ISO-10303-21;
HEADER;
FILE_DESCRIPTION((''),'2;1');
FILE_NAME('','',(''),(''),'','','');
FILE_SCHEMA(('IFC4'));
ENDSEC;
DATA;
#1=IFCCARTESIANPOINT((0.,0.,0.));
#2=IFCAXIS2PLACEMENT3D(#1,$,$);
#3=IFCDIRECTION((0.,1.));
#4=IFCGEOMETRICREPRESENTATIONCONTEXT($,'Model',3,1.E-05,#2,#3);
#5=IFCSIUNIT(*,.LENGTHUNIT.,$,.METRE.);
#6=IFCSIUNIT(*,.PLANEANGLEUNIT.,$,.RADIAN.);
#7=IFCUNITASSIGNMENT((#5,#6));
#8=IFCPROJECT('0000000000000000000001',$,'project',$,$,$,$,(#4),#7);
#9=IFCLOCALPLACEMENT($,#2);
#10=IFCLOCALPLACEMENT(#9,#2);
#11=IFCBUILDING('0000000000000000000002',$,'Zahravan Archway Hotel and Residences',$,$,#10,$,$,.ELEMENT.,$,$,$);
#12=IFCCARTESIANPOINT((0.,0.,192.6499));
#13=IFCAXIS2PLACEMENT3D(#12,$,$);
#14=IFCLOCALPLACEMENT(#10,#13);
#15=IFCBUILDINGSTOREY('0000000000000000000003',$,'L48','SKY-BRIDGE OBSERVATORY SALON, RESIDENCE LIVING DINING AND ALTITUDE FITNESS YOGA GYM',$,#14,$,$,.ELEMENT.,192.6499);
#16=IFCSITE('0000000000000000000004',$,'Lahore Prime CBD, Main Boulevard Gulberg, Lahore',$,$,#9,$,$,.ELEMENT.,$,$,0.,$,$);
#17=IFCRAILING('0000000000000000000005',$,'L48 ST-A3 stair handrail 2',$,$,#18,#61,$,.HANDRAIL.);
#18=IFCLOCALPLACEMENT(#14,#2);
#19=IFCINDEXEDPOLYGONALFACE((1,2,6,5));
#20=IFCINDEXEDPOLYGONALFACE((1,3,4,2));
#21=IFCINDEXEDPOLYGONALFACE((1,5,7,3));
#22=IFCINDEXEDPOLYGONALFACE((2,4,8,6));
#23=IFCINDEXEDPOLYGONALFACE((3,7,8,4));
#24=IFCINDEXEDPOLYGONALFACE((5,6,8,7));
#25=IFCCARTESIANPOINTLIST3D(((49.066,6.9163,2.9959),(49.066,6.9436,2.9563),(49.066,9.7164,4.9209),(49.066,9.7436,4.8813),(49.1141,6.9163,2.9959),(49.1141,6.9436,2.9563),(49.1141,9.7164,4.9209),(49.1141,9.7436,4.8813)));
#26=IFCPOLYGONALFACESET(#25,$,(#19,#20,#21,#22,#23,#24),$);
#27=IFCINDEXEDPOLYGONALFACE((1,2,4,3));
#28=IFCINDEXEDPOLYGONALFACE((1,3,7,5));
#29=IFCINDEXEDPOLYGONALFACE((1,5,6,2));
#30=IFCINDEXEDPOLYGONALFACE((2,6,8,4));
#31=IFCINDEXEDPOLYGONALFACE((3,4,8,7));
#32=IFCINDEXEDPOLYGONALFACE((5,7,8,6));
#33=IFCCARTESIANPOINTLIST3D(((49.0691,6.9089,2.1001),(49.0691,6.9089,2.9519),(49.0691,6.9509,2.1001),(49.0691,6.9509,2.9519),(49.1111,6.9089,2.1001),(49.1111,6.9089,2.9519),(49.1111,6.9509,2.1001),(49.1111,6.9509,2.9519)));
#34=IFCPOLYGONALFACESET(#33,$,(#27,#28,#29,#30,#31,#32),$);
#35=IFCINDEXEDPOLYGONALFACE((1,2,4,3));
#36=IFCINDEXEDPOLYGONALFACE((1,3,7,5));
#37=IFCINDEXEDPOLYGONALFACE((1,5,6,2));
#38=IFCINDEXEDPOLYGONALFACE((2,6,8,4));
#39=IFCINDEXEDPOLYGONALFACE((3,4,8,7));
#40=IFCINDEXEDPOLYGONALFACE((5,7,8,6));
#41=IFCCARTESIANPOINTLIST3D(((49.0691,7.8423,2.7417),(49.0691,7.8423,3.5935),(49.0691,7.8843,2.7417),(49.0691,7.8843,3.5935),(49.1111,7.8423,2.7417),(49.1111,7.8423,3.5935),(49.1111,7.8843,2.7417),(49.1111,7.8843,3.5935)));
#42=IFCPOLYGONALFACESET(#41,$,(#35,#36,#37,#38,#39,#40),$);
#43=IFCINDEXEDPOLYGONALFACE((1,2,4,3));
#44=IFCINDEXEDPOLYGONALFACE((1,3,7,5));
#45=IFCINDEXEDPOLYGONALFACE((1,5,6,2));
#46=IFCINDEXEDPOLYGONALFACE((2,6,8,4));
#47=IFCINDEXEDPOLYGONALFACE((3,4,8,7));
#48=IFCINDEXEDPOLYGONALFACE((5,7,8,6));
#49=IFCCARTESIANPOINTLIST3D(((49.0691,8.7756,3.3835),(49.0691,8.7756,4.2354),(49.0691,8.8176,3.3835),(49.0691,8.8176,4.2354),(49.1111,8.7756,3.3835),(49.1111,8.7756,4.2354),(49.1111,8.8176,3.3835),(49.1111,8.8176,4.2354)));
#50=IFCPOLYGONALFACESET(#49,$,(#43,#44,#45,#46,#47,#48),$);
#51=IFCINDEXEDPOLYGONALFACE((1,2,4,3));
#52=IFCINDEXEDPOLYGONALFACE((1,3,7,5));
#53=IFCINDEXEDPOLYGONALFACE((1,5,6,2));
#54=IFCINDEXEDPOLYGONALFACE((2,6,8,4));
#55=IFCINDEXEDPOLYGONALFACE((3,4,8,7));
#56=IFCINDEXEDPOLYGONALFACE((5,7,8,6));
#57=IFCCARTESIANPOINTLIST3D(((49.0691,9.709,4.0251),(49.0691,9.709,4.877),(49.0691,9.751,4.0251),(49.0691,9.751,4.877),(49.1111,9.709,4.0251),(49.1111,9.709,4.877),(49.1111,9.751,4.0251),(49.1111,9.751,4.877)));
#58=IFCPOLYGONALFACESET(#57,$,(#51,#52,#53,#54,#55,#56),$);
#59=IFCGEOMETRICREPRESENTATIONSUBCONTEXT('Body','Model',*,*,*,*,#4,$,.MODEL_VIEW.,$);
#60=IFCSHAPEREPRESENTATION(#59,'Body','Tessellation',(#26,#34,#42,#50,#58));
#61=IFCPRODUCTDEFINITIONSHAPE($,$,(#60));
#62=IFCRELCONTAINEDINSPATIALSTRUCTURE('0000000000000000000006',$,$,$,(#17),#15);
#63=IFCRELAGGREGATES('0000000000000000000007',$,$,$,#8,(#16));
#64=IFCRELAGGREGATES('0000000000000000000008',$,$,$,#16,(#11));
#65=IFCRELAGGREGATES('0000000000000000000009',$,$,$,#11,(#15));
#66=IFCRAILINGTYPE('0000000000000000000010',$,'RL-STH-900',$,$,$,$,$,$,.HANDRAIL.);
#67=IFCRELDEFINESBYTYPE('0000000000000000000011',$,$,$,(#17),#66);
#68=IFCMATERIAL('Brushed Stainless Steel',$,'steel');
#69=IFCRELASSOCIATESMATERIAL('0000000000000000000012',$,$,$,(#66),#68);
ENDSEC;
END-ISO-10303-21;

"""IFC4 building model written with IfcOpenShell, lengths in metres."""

from ifc_helpers import new_model, si_unit, direction, frame, origin, origin_2d, place, context, subcontext, project, spatial, rectangle, extrude, material, type_object, element, save


model = new_model("IFC4")

# Units and contexts
model_context = context("Model", 3, precision=1e-05, world=origin(), true_north=direction((0.0, 1.0)))
body_context = subcontext(model_context, "Body", "Model", "MODEL_VIEW")
ifc_project = project(units=[si_unit("LENGTHUNIT", "METRE"), si_unit("PLANEANGLEUNIT", "RADIAN")], contexts=[model_context])

# Site, building, storey
site_placement = place(None, origin())
site = spatial("IfcSite", under=ifc_project, at=site_placement, Name="Lahore Prime CBD, Main Boulevard Gulberg, Lahore", CompositionType="ELEMENT", RefElevation=0.0)
building_placement = place(site_placement, origin())
building = spatial("IfcBuilding", under=site, at=building_placement, Name="Zahravan Archway Hotel and Residences", CompositionType="ELEMENT")
storey_placement = place(building_placement, frame((0.0, 0.0, 192.6499)))
storey = spatial("IfcBuildingStorey", under=building, at=storey_placement, Name="L48", Description="SKY-BRIDGE OBSERVATORY SALON, RESIDENCE LIVING DINING AND ALTITUDE FITNESS YOGA GYM", CompositionType="ELEMENT", Elevation=192.6499)

# Railing
ifc_material_1 = material(Name="Brushed Stainless Steel", Category="steel")
railing_type_1 = type_object("IfcRailingType", Name="RL-STH-900", PredefinedType="HANDRAIL", material=ifc_material_1)
railing_1_placement = place(storey_placement, frame((49.0901, 6.9299, 2.1001)))
element("IfcRailing", 1, at=railing_1_placement, inside=storey, type_object=railing_type_1, Name="L48 ST-A3 stair handrail 2", PredefinedType="HANDRAIL", context=body_context, shape_type="SweptSolid", body=[
    extrude(rectangle(XDim=0.0481, YDim=0.0481, at=origin_2d()), frame((0.0, 0.0, 0.876), z_axis=(0.0, 0.82404, 0.566532), x_axis=(-1.0, 0.0, 0.0)), (0.0, 0.0, 1.0), 3.3979),
    extrude(rectangle(XDim=0.042, YDim=0.042, at=origin_2d()), origin(), (0.0, 0.0, 1.0), 0.8518),
    extrude(rectangle(XDim=0.042, YDim=0.042, at=origin_2d()), frame((0.0, 0.9333, 0.6416)), (0.0, 0.0, 1.0), 0.8518),
    extrude(rectangle(XDim=0.042, YDim=0.042, at=origin_2d()), frame((0.0, 1.8667, 1.2834)), (0.0, 0.0, 1.0), 0.8518),
    extrude(rectangle(XDim=0.042, YDim=0.042, at=origin_2d()), frame((0.0, 2.8, 1.925)), (0.0, 0.0, 1.0), 0.8518),
])

save(model, "model.ifc")
